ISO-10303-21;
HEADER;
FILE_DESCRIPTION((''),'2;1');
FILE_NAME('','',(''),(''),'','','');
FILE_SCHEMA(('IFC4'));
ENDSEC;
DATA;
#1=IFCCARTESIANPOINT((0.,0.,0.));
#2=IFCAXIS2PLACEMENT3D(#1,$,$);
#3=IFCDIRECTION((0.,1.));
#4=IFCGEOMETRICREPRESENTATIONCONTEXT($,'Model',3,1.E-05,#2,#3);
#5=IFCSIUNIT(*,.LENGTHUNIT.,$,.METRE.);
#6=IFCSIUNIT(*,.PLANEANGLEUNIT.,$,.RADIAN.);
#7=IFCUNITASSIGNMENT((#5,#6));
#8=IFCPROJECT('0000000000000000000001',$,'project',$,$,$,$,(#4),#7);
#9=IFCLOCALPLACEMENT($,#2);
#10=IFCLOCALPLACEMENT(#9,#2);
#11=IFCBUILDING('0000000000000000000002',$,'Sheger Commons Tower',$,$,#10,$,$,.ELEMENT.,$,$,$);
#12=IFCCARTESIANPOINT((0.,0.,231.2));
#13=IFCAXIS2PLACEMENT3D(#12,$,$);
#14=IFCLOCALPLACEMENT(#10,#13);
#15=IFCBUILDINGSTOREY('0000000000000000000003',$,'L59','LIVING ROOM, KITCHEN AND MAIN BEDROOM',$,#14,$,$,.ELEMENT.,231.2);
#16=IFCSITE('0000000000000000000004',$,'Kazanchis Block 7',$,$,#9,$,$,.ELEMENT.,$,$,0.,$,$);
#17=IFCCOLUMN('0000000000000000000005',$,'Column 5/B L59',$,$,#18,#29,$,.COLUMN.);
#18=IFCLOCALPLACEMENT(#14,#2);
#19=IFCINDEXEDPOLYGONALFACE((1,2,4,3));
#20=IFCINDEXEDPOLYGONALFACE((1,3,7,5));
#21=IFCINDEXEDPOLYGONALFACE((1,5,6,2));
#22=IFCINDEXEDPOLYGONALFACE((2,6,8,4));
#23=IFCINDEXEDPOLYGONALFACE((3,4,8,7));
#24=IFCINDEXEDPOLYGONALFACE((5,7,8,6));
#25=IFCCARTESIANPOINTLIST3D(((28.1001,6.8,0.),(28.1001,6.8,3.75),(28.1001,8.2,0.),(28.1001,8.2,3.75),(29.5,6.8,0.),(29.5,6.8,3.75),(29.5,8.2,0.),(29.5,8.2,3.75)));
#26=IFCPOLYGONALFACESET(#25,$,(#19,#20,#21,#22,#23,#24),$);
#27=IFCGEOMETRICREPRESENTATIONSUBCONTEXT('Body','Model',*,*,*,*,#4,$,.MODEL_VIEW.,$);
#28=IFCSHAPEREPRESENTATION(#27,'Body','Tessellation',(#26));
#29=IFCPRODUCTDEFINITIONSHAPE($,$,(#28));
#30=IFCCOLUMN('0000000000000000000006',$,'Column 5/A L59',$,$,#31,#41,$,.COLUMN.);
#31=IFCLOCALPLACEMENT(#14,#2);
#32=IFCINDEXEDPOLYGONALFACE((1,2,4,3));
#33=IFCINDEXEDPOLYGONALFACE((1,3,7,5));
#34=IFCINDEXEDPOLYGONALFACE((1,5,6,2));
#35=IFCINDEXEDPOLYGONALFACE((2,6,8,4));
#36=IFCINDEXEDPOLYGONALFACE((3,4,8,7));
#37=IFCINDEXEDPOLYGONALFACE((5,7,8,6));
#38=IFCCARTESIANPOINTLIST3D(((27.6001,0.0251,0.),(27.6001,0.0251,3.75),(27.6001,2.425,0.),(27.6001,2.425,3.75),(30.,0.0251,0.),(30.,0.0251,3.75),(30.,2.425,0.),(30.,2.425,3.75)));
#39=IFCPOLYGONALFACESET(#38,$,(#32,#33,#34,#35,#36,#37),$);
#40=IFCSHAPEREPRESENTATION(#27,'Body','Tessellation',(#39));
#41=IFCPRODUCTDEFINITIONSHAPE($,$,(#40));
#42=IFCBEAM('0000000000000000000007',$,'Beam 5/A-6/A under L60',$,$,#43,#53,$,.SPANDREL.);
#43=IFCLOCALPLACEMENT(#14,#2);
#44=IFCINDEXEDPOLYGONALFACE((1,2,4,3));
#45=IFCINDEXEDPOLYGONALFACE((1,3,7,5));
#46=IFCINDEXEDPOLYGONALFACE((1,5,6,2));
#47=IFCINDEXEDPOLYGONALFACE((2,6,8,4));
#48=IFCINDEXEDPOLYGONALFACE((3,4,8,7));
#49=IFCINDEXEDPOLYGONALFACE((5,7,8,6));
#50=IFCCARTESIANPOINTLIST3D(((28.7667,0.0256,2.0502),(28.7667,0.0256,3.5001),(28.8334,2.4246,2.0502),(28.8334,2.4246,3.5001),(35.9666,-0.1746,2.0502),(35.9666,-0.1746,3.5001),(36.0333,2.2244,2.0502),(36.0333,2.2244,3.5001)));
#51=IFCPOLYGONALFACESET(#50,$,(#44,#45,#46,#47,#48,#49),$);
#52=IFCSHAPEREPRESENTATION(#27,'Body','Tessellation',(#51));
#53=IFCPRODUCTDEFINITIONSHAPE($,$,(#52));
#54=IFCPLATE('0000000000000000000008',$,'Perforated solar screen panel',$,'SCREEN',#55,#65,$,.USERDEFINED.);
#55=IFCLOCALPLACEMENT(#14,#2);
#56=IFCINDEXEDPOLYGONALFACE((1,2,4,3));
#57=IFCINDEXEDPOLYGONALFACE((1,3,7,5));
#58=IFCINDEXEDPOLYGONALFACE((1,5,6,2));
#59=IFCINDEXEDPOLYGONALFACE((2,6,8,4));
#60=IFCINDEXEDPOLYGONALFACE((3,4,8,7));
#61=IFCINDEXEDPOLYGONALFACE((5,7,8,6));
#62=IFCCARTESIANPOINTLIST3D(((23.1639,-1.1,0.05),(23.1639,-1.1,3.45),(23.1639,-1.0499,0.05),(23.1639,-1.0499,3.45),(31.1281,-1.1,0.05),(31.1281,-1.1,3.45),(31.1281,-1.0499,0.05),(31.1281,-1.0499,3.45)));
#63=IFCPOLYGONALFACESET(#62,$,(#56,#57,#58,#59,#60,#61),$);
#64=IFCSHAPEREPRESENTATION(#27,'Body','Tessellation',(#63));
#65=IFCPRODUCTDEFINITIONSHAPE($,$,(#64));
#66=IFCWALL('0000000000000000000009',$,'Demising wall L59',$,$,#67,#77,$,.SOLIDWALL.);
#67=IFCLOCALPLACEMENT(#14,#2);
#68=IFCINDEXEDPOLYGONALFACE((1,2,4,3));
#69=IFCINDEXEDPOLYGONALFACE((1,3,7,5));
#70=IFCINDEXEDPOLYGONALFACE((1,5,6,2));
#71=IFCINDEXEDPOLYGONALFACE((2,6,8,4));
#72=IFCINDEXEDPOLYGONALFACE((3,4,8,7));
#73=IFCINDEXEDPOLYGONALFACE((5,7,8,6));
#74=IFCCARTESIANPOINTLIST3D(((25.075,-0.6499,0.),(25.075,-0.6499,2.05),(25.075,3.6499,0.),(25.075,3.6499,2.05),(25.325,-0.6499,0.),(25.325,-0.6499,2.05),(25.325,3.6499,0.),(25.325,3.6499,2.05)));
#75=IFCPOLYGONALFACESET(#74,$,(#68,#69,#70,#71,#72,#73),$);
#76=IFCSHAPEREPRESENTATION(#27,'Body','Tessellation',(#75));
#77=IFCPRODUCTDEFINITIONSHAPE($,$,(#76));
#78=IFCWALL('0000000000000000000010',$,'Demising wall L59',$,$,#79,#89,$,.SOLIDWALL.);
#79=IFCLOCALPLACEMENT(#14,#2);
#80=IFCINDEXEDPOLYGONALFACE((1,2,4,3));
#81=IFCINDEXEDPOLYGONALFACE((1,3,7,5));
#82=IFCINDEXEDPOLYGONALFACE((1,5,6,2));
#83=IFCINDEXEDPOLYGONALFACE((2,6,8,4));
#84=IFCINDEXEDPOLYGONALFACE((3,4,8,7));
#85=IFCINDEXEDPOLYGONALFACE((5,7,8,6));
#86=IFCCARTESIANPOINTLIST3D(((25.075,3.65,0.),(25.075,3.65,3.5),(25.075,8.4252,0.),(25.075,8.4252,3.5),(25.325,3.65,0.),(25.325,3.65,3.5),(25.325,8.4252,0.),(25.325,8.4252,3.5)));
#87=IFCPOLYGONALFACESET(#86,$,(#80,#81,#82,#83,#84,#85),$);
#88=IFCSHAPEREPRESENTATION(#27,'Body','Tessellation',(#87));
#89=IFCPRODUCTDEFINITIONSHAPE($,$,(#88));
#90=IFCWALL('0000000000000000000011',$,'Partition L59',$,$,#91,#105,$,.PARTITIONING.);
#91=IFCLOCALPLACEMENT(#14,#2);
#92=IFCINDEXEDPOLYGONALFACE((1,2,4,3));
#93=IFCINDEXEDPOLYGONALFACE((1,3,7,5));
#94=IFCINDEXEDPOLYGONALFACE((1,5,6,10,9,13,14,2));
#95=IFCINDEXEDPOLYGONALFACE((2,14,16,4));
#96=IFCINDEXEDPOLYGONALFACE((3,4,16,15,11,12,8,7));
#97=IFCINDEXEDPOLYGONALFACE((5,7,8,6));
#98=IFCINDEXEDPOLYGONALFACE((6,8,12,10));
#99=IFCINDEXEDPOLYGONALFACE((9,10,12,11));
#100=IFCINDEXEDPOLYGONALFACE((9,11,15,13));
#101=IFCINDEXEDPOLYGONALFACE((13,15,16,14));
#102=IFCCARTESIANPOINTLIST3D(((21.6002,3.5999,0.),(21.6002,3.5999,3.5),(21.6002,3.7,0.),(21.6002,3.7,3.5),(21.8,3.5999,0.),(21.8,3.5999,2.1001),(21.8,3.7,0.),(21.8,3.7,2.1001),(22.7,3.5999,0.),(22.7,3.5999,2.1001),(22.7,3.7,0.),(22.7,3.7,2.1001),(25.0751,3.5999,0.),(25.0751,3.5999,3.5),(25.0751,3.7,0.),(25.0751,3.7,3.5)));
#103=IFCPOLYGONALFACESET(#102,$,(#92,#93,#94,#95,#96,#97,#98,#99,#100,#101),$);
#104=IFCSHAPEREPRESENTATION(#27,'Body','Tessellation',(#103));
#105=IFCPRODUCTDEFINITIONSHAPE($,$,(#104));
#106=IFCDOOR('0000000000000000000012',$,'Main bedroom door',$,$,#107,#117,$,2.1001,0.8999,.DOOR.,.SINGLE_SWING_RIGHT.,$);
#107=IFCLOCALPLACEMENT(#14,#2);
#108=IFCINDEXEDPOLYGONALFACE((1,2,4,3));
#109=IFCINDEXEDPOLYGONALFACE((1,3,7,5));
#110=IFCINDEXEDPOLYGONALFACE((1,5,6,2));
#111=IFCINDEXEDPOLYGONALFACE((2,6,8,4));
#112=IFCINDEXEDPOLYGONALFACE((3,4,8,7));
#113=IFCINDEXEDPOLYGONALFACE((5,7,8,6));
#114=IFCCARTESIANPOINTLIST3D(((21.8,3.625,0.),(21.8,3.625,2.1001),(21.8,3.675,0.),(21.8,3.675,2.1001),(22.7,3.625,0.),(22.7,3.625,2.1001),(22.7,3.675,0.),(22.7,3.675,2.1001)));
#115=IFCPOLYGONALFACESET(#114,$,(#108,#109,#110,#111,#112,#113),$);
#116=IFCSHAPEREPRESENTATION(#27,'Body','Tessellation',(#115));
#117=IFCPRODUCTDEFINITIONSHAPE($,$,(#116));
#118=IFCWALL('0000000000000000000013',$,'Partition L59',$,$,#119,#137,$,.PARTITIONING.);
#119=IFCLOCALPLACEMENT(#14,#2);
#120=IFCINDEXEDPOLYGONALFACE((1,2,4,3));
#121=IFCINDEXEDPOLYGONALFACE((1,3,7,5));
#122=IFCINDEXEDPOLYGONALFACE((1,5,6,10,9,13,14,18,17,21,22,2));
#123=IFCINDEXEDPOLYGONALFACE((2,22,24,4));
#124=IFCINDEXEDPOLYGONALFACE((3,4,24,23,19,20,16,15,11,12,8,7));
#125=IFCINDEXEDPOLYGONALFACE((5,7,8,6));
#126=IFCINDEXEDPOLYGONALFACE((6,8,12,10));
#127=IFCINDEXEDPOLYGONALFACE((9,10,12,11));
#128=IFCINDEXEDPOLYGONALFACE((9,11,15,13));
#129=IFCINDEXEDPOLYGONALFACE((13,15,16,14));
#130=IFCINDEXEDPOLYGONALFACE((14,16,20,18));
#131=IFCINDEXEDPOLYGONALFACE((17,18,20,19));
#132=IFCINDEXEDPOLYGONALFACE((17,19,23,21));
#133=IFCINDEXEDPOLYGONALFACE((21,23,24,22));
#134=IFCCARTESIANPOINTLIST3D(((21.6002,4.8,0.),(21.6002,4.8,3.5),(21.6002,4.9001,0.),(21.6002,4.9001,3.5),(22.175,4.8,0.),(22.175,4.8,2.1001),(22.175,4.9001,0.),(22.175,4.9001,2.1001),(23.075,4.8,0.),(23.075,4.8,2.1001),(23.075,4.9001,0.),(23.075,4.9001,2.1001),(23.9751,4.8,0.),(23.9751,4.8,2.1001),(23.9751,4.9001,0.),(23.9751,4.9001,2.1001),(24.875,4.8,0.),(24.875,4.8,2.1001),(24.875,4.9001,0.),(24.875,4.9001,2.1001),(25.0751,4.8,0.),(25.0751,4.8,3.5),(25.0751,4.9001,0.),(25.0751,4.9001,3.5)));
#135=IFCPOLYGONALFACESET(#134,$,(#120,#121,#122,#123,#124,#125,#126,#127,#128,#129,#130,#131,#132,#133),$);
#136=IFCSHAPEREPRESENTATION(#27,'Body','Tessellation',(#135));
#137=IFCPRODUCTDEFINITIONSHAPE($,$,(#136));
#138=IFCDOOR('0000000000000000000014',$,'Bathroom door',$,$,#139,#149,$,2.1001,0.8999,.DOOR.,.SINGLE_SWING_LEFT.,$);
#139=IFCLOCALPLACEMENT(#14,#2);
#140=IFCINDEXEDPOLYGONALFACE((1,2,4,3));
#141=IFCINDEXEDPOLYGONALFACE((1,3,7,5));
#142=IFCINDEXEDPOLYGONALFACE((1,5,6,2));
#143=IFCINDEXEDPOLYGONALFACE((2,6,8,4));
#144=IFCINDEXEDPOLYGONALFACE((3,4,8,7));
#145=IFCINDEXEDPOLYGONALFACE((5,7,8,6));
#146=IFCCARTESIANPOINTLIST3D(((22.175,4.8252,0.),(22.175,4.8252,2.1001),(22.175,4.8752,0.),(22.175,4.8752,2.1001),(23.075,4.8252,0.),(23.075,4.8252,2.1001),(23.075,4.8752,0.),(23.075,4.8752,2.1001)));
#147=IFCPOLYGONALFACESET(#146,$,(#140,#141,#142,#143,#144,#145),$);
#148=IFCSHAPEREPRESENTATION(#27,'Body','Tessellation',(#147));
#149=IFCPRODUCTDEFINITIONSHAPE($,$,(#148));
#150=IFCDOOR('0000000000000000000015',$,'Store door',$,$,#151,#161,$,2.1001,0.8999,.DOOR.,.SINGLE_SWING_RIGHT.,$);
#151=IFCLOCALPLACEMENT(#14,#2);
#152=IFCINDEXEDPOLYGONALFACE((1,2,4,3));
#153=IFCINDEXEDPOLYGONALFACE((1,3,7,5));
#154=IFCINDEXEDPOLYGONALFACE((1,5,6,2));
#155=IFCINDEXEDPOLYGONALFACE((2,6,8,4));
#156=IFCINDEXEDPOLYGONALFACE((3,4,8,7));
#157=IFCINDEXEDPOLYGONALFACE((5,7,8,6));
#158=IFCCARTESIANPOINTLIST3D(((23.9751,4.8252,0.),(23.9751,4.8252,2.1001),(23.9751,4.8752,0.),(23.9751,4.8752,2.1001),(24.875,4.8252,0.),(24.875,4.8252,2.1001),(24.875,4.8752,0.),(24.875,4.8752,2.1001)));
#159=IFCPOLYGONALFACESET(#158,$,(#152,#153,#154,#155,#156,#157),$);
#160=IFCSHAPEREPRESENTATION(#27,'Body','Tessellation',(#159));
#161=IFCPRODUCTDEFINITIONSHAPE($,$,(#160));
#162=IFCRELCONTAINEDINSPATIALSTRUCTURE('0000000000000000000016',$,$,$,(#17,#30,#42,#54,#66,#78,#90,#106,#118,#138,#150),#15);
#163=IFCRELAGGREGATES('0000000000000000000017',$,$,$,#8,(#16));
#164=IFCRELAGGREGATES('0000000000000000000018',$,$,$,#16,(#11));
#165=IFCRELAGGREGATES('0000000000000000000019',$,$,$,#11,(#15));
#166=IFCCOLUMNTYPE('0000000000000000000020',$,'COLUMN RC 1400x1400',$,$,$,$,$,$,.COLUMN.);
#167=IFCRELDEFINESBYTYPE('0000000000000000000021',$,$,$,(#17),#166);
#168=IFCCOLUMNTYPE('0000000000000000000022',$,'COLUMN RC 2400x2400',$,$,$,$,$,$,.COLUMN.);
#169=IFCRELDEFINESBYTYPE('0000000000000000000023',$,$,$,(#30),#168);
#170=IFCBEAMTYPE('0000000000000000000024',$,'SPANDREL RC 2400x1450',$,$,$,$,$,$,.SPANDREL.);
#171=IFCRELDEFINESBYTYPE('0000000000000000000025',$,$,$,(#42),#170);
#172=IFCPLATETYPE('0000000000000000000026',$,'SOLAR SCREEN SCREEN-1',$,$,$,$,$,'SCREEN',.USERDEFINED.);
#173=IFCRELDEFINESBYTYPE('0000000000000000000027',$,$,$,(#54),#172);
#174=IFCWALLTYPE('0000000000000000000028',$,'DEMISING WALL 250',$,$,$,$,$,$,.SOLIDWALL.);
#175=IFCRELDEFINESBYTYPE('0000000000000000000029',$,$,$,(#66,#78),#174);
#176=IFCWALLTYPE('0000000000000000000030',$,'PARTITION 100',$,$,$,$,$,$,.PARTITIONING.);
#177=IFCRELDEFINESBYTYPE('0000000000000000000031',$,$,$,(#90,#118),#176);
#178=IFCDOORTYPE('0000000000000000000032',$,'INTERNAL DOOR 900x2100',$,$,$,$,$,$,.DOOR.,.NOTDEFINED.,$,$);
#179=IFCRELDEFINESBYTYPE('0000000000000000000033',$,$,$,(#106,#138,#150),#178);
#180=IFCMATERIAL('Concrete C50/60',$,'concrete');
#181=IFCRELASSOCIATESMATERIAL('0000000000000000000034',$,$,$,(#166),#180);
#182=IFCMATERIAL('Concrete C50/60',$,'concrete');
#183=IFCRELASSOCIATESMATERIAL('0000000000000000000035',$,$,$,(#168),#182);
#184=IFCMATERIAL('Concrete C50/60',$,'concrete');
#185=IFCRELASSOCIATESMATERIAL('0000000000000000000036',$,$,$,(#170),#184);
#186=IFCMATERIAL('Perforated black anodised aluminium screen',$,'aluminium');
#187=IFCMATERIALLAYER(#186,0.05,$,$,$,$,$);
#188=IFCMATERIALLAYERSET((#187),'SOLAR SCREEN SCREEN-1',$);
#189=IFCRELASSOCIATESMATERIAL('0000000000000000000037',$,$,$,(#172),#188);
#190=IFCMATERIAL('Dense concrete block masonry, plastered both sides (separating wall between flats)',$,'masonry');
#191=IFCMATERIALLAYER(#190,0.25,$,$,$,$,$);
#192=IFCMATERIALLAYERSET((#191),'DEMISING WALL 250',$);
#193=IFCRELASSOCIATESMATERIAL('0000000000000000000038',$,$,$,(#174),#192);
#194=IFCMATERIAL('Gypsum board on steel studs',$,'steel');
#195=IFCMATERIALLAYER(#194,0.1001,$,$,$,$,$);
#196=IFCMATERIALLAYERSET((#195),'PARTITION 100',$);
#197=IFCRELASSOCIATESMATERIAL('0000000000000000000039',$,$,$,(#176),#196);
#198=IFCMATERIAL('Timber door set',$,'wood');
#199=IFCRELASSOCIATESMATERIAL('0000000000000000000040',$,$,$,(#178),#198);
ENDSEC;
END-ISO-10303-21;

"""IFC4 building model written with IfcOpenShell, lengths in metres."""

from ifc_helpers import new_model, si_unit, direction, frame, frame_2d, origin, origin_2d, place, context, subcontext, project, spatial, rectangle, extrude, material, layer, layer_set, material_profile, profile_set, type_object, element, fill, save


model = new_model("IFC4")

# Units and contexts
model_context = context("Model", 3, precision=1e-05, world=origin(), true_north=direction((0.0, 1.0)))
body_context = subcontext(model_context, "Body", "Model", "MODEL_VIEW")
ifc_project = project(units=[si_unit("LENGTHUNIT", "METRE"), si_unit("PLANEANGLEUNIT", "RADIAN")], contexts=[model_context])

# Site, building, storey
site_placement = place(None, origin())
site = spatial("IfcSite", under=ifc_project, at=site_placement, Name="Kazanchis Block 7", CompositionType="ELEMENT", RefElevation=0.0)
building_placement = place(site_placement, origin())
building = spatial("IfcBuilding", under=site, at=building_placement, Name="Sheger Commons Tower", CompositionType="ELEMENT")
storey_placement = place(building_placement, frame((0.0, 0.0, 231.2)))
storey = spatial("IfcBuildingStorey", under=building, at=storey_placement, Name="L59", Description="LIVING ROOM, KITCHEN AND MAIN BEDROOM", CompositionType="ELEMENT", Elevation=231.2)

# Columns
ifc_material_1 = material(Name="Concrete C50/60", Category="concrete")
ifc_material_profile_1 = material_profile(ifc_material_1, rectangle(XDim=1.3999, YDim=1.3999, at=origin_2d()), Name="RC 1400x1400")
ifc_profile_set_1 = profile_set([ifc_material_profile_1], Name="Concrete C50/60")
column_type_1 = type_object("IfcColumnType", Name="COLUMN RC 1400x1400", PredefinedType="COLUMN", material=ifc_profile_set_1)
column_1_placement = place(storey_placement, frame((28.8, 7.5, 0.0), z_axis=(0.0, 0.0, 1.0), x_axis=(1.0, 0.0, 0.0)))
element("IfcColumn", 1, at=column_1_placement, inside=storey, type_object=column_type_1, Name="Column 5/B L59", PredefinedType="COLUMN", context=body_context, shape_type="SweptSolid", body=[
    extrude(rectangle(XDim=1.3999, YDim=1.3999, at=origin_2d()), origin(), (0.0, 0.0, 1.0), 3.75),
])
ifc_material_2 = material(Name="Concrete C50/60", Category="concrete")
ifc_material_profile_2 = material_profile(ifc_material_2, rectangle(XDim=2.3999, YDim=2.3999, at=origin_2d()), Name="RC 2400x2400")
ifc_profile_set_2 = profile_set([ifc_material_profile_2], Name="Concrete C50/60")
column_type_2 = type_object("IfcColumnType", Name="COLUMN RC 2400x2400", PredefinedType="COLUMN", material=ifc_profile_set_2)
column_2_placement = place(storey_placement, frame((28.8, 1.2251, 0.0), z_axis=(0.0, 0.0, 1.0), x_axis=(1.0, 0.0, 0.0)))
element("IfcColumn", 2, at=column_2_placement, inside=storey, type_object=column_type_2, Name="Column 5/A L59", PredefinedType="COLUMN", context=body_context, shape_type="SweptSolid", body=[
    extrude(rectangle(XDim=2.3999, YDim=2.3999, at=origin_2d()), origin(), (0.0, 0.0, 1.0), 3.75),
])

# Beam
ifc_material_3 = material(Name="Concrete C50/60", Category="concrete")
ifc_material_profile_3 = material_profile(ifc_material_3, rectangle(XDim=2.3999, YDim=1.45, at=origin_2d()), Name="RC 2400x1450")
ifc_profile_set_3 = profile_set([ifc_material_profile_3], Name="Concrete C50/60")
beam_type = type_object("IfcBeamType", Name="SPANDREL RC 2400x1450", PredefinedType="SPANDREL", material=ifc_profile_set_3)
beam_placement = place(storey_placement, frame((28.8, 1.2251, 2.7751), z_axis=(0.999614, -0.027794, 0.0), x_axis=(0.027794, 0.999614, 0.0)))
element("IfcBeam", 3, at=beam_placement, inside=storey, type_object=beam_type, Name="Beam 5/A-6/A under L60", PredefinedType="SPANDREL", context=body_context, shape_type="SweptSolid", body=[
    extrude(rectangle(XDim=2.3999, YDim=1.45, at=origin_2d()), origin(), (0.0, 0.0, 1.0), 7.2026),
])

# Plate
ifc_material_4 = material(Name="Perforated black anodised aluminium screen", Category="aluminium")
ifc_layer_1 = layer(ifc_material_4, 0.05)
ifc_layer_set_1 = layer_set([ifc_layer_1], Name="SOLAR SCREEN SCREEN-1")
plate_type = type_object("IfcPlateType", Name="SOLAR SCREEN SCREEN-1", ElementType="SCREEN", PredefinedType="USERDEFINED", material=ifc_layer_set_1)
plate_placement = place(storey_placement, frame((27.146, -1.075, 0.05), z_axis=(0.0, 0.0, 1.0), x_axis=(1.0, 0.0, 0.0)))
element("IfcPlate", 4, at=plate_placement, inside=storey, type_object=plate_type, Name="Perforated solar screen panel", ObjectType="SCREEN", PredefinedType="USERDEFINED", context=body_context, shape_type="SweptSolid", body=[
    extrude(rectangle(XDim=7.9641, YDim=0.05, at=origin_2d()), origin(), (0.0, 0.0, 1.0), 3.3999),
])

# Walls
ifc_material_5 = material(Name="Dense concrete block masonry, plastered both sides (separating wall between flats)", Category="masonry")
ifc_layer_2 = layer(ifc_material_5, 0.25)
ifc_layer_set_2 = layer_set([ifc_layer_2], Name="DEMISING WALL 250")
wall_type_1 = type_object("IfcWallType", Name="DEMISING WALL 250", PredefinedType="SOLIDWALL", material=ifc_layer_set_2)
wall_1_placement = place(storey_placement, frame((25.2, -0.6499, 0.0), z_axis=(0.0, 0.0, 1.0), x_axis=(0.0, 1.0, 0.0)))
element("IfcWall", 5, at=wall_1_placement, inside=storey, type_object=wall_type_1, Name="Demising wall L59", PredefinedType="SOLIDWALL", context=body_context, shape_type="SweptSolid", body=[
    extrude(rectangle(XDim=4.2998, YDim=0.25, at=frame_2d((2.1499, 0.0))), origin(), (0.0, 0.0, 1.0), 2.05),
])
wall_2_placement = place(storey_placement, frame((25.2, 3.6499, 0.0), z_axis=(0.0, 0.0, 1.0), x_axis=(0.0, 1.0, 0.0)))
element("IfcWall", 6, at=wall_2_placement, inside=storey, type_object=wall_type_1, Name="Demising wall L59", PredefinedType="SOLIDWALL", context=body_context, shape_type="SweptSolid", body=[
    extrude(rectangle(XDim=4.7751, YDim=0.25, at=frame_2d((2.3877, 0.0))), origin(), (0.0, 0.0, 1.0), 3.5),
])

# Wall, opening, door
ifc_material_6 = material(Name="Gypsum board on steel studs", Category="steel")
ifc_layer_3 = layer(ifc_material_6, 0.1001)
ifc_layer_set_3 = layer_set([ifc_layer_3], Name="PARTITION 100")
wall_type_2 = type_object("IfcWallType", Name="PARTITION 100", PredefinedType="PARTITIONING", material=ifc_layer_set_3)
wall_3_placement = place(storey_placement, frame((25.075, 3.6499, 0.0), z_axis=(0.0, 0.0, 1.0), x_axis=(-1.0, 0.0, 0.0)))
wall_3 = element("IfcWall", 7, at=wall_3_placement, inside=storey, type_object=wall_type_2, Name="Partition L59", PredefinedType="PARTITIONING", context=body_context, shape_type="SweptSolid", body=[
    extrude(rectangle(XDim=3.4749, YDim=0.1001, at=frame_2d((1.7373, 0.0))), origin(), (0.0, 0.0, 1.0), 3.5),
])
opening_1_placement = place(wall_3_placement, frame((2.375, 0.0, 0.0)))
opening_1 = element("IfcOpeningElement", 8, at=opening_1_placement, cuts=wall_3, PredefinedType="OPENING", context=body_context, shape_type="SweptSolid", body=[
    extrude(rectangle(XDim=0.8999, YDim=2.1001, at=frame_2d((0.45, 1.05))), frame((0.0, 0.0601, 0.0), z_axis=(0.0, -1.0, 0.0), x_axis=(1.0, 0.0, 0.0)), (0.0, 0.0, 1.0), 0.1201),
])
ifc_material_7 = material(Name="Timber door set", Category="wood")
door_type = type_object("IfcDoorType", Name="INTERNAL DOOR 900x2100", OperationType="NOTDEFINED", PredefinedType="DOOR", material=ifc_material_7)
door_1_placement = place(opening_1_placement, origin())
door_1 = element("IfcDoor", 9, at=door_1_placement, inside=storey, type_object=door_type, Name="Main bedroom door", OperationType="SINGLE_SWING_RIGHT", OverallHeight=2.1001, OverallWidth=0.8999, PredefinedType="DOOR", context=body_context, shape_type="SweptSolid", body=[
    extrude(rectangle(XDim=0.8999, YDim=2.1001, at=frame_2d((0.45, 1.05))), frame((0.0, 0.0249, 0.0), z_axis=(0.0, -1.0, 0.0), x_axis=(1.0, 0.0, 0.0)), (0.0, 0.0, 1.0), 0.05),
])
fill(opening_1, door_1)

# Wall, openings, doors
wall_4_placement = place(storey_placement, frame((25.075, 4.8501, 0.0), z_axis=(0.0, 0.0, 1.0), x_axis=(-1.0, 0.0, 0.0)))
wall_4 = element("IfcWall", 10, at=wall_4_placement, inside=storey, type_object=wall_type_2, Name="Partition L59", PredefinedType="PARTITIONING", context=body_context, shape_type="SweptSolid", body=[
    extrude(rectangle(XDim=3.4749, YDim=0.1001, at=frame_2d((1.7373, 0.0))), origin(), (0.0, 0.0, 1.0), 3.5),
])
opening_2_placement = place(wall_4_placement, frame((2.0, 0.0, 0.0)))
opening_2 = element("IfcOpeningElement", 11, at=opening_2_placement, cuts=wall_4, PredefinedType="OPENING", context=body_context, shape_type="SweptSolid", body=[
    extrude(rectangle(XDim=0.8999, YDim=2.1001, at=frame_2d((0.45, 1.05))), frame((0.0, 0.0601, 0.0), z_axis=(0.0, -1.0, 0.0), x_axis=(1.0, 0.0, 0.0)), (0.0, 0.0, 1.0), 0.1201),
])
opening_3_placement = place(wall_4_placement, frame((0.2, 0.0, 0.0)))
opening_3 = element("IfcOpeningElement", 12, at=opening_3_placement, cuts=wall_4, PredefinedType="OPENING", context=body_context, shape_type="SweptSolid", body=[
    extrude(rectangle(XDim=0.8999, YDim=2.1001, at=frame_2d((0.45, 1.05))), frame((0.0, 0.0601, 0.0), z_axis=(0.0, -1.0, 0.0), x_axis=(1.0, 0.0, 0.0)), (0.0, 0.0, 1.0), 0.1201),
])
door_2_placement = place(opening_2_placement, origin())
door_2 = element("IfcDoor", 13, at=door_2_placement, inside=storey, type_object=door_type, Name="Bathroom door", OperationType="SINGLE_SWING_LEFT", OverallHeight=2.1001, OverallWidth=0.8999, PredefinedType="DOOR", context=body_context, shape_type="SweptSolid", body=[
    extrude(rectangle(XDim=0.8999, YDim=2.1001, at=frame_2d((0.45, 1.05))), frame((0.0, 0.0249, 0.0), z_axis=(0.0, -1.0, 0.0), x_axis=(1.0, 0.0, 0.0)), (0.0, 0.0, 1.0), 0.05),
])
fill(opening_2, door_2)
door_3_placement = place(opening_3_placement, origin())
door_3 = element("IfcDoor", 14, at=door_3_placement, inside=storey, type_object=door_type, Name="Store door", OperationType="SINGLE_SWING_RIGHT", OverallHeight=2.1001, OverallWidth=0.8999, PredefinedType="DOOR", context=body_context, shape_type="SweptSolid", body=[
    extrude(rectangle(XDim=0.8999, YDim=2.1001, at=frame_2d((0.45, 1.05))), frame((0.0, 0.0249, 0.0), z_axis=(0.0, -1.0, 0.0), x_axis=(1.0, 0.0, 0.0)), (0.0, 0.0, 1.0), 0.05),
])
fill(opening_3, door_3)

save(model, "model.ifc")
